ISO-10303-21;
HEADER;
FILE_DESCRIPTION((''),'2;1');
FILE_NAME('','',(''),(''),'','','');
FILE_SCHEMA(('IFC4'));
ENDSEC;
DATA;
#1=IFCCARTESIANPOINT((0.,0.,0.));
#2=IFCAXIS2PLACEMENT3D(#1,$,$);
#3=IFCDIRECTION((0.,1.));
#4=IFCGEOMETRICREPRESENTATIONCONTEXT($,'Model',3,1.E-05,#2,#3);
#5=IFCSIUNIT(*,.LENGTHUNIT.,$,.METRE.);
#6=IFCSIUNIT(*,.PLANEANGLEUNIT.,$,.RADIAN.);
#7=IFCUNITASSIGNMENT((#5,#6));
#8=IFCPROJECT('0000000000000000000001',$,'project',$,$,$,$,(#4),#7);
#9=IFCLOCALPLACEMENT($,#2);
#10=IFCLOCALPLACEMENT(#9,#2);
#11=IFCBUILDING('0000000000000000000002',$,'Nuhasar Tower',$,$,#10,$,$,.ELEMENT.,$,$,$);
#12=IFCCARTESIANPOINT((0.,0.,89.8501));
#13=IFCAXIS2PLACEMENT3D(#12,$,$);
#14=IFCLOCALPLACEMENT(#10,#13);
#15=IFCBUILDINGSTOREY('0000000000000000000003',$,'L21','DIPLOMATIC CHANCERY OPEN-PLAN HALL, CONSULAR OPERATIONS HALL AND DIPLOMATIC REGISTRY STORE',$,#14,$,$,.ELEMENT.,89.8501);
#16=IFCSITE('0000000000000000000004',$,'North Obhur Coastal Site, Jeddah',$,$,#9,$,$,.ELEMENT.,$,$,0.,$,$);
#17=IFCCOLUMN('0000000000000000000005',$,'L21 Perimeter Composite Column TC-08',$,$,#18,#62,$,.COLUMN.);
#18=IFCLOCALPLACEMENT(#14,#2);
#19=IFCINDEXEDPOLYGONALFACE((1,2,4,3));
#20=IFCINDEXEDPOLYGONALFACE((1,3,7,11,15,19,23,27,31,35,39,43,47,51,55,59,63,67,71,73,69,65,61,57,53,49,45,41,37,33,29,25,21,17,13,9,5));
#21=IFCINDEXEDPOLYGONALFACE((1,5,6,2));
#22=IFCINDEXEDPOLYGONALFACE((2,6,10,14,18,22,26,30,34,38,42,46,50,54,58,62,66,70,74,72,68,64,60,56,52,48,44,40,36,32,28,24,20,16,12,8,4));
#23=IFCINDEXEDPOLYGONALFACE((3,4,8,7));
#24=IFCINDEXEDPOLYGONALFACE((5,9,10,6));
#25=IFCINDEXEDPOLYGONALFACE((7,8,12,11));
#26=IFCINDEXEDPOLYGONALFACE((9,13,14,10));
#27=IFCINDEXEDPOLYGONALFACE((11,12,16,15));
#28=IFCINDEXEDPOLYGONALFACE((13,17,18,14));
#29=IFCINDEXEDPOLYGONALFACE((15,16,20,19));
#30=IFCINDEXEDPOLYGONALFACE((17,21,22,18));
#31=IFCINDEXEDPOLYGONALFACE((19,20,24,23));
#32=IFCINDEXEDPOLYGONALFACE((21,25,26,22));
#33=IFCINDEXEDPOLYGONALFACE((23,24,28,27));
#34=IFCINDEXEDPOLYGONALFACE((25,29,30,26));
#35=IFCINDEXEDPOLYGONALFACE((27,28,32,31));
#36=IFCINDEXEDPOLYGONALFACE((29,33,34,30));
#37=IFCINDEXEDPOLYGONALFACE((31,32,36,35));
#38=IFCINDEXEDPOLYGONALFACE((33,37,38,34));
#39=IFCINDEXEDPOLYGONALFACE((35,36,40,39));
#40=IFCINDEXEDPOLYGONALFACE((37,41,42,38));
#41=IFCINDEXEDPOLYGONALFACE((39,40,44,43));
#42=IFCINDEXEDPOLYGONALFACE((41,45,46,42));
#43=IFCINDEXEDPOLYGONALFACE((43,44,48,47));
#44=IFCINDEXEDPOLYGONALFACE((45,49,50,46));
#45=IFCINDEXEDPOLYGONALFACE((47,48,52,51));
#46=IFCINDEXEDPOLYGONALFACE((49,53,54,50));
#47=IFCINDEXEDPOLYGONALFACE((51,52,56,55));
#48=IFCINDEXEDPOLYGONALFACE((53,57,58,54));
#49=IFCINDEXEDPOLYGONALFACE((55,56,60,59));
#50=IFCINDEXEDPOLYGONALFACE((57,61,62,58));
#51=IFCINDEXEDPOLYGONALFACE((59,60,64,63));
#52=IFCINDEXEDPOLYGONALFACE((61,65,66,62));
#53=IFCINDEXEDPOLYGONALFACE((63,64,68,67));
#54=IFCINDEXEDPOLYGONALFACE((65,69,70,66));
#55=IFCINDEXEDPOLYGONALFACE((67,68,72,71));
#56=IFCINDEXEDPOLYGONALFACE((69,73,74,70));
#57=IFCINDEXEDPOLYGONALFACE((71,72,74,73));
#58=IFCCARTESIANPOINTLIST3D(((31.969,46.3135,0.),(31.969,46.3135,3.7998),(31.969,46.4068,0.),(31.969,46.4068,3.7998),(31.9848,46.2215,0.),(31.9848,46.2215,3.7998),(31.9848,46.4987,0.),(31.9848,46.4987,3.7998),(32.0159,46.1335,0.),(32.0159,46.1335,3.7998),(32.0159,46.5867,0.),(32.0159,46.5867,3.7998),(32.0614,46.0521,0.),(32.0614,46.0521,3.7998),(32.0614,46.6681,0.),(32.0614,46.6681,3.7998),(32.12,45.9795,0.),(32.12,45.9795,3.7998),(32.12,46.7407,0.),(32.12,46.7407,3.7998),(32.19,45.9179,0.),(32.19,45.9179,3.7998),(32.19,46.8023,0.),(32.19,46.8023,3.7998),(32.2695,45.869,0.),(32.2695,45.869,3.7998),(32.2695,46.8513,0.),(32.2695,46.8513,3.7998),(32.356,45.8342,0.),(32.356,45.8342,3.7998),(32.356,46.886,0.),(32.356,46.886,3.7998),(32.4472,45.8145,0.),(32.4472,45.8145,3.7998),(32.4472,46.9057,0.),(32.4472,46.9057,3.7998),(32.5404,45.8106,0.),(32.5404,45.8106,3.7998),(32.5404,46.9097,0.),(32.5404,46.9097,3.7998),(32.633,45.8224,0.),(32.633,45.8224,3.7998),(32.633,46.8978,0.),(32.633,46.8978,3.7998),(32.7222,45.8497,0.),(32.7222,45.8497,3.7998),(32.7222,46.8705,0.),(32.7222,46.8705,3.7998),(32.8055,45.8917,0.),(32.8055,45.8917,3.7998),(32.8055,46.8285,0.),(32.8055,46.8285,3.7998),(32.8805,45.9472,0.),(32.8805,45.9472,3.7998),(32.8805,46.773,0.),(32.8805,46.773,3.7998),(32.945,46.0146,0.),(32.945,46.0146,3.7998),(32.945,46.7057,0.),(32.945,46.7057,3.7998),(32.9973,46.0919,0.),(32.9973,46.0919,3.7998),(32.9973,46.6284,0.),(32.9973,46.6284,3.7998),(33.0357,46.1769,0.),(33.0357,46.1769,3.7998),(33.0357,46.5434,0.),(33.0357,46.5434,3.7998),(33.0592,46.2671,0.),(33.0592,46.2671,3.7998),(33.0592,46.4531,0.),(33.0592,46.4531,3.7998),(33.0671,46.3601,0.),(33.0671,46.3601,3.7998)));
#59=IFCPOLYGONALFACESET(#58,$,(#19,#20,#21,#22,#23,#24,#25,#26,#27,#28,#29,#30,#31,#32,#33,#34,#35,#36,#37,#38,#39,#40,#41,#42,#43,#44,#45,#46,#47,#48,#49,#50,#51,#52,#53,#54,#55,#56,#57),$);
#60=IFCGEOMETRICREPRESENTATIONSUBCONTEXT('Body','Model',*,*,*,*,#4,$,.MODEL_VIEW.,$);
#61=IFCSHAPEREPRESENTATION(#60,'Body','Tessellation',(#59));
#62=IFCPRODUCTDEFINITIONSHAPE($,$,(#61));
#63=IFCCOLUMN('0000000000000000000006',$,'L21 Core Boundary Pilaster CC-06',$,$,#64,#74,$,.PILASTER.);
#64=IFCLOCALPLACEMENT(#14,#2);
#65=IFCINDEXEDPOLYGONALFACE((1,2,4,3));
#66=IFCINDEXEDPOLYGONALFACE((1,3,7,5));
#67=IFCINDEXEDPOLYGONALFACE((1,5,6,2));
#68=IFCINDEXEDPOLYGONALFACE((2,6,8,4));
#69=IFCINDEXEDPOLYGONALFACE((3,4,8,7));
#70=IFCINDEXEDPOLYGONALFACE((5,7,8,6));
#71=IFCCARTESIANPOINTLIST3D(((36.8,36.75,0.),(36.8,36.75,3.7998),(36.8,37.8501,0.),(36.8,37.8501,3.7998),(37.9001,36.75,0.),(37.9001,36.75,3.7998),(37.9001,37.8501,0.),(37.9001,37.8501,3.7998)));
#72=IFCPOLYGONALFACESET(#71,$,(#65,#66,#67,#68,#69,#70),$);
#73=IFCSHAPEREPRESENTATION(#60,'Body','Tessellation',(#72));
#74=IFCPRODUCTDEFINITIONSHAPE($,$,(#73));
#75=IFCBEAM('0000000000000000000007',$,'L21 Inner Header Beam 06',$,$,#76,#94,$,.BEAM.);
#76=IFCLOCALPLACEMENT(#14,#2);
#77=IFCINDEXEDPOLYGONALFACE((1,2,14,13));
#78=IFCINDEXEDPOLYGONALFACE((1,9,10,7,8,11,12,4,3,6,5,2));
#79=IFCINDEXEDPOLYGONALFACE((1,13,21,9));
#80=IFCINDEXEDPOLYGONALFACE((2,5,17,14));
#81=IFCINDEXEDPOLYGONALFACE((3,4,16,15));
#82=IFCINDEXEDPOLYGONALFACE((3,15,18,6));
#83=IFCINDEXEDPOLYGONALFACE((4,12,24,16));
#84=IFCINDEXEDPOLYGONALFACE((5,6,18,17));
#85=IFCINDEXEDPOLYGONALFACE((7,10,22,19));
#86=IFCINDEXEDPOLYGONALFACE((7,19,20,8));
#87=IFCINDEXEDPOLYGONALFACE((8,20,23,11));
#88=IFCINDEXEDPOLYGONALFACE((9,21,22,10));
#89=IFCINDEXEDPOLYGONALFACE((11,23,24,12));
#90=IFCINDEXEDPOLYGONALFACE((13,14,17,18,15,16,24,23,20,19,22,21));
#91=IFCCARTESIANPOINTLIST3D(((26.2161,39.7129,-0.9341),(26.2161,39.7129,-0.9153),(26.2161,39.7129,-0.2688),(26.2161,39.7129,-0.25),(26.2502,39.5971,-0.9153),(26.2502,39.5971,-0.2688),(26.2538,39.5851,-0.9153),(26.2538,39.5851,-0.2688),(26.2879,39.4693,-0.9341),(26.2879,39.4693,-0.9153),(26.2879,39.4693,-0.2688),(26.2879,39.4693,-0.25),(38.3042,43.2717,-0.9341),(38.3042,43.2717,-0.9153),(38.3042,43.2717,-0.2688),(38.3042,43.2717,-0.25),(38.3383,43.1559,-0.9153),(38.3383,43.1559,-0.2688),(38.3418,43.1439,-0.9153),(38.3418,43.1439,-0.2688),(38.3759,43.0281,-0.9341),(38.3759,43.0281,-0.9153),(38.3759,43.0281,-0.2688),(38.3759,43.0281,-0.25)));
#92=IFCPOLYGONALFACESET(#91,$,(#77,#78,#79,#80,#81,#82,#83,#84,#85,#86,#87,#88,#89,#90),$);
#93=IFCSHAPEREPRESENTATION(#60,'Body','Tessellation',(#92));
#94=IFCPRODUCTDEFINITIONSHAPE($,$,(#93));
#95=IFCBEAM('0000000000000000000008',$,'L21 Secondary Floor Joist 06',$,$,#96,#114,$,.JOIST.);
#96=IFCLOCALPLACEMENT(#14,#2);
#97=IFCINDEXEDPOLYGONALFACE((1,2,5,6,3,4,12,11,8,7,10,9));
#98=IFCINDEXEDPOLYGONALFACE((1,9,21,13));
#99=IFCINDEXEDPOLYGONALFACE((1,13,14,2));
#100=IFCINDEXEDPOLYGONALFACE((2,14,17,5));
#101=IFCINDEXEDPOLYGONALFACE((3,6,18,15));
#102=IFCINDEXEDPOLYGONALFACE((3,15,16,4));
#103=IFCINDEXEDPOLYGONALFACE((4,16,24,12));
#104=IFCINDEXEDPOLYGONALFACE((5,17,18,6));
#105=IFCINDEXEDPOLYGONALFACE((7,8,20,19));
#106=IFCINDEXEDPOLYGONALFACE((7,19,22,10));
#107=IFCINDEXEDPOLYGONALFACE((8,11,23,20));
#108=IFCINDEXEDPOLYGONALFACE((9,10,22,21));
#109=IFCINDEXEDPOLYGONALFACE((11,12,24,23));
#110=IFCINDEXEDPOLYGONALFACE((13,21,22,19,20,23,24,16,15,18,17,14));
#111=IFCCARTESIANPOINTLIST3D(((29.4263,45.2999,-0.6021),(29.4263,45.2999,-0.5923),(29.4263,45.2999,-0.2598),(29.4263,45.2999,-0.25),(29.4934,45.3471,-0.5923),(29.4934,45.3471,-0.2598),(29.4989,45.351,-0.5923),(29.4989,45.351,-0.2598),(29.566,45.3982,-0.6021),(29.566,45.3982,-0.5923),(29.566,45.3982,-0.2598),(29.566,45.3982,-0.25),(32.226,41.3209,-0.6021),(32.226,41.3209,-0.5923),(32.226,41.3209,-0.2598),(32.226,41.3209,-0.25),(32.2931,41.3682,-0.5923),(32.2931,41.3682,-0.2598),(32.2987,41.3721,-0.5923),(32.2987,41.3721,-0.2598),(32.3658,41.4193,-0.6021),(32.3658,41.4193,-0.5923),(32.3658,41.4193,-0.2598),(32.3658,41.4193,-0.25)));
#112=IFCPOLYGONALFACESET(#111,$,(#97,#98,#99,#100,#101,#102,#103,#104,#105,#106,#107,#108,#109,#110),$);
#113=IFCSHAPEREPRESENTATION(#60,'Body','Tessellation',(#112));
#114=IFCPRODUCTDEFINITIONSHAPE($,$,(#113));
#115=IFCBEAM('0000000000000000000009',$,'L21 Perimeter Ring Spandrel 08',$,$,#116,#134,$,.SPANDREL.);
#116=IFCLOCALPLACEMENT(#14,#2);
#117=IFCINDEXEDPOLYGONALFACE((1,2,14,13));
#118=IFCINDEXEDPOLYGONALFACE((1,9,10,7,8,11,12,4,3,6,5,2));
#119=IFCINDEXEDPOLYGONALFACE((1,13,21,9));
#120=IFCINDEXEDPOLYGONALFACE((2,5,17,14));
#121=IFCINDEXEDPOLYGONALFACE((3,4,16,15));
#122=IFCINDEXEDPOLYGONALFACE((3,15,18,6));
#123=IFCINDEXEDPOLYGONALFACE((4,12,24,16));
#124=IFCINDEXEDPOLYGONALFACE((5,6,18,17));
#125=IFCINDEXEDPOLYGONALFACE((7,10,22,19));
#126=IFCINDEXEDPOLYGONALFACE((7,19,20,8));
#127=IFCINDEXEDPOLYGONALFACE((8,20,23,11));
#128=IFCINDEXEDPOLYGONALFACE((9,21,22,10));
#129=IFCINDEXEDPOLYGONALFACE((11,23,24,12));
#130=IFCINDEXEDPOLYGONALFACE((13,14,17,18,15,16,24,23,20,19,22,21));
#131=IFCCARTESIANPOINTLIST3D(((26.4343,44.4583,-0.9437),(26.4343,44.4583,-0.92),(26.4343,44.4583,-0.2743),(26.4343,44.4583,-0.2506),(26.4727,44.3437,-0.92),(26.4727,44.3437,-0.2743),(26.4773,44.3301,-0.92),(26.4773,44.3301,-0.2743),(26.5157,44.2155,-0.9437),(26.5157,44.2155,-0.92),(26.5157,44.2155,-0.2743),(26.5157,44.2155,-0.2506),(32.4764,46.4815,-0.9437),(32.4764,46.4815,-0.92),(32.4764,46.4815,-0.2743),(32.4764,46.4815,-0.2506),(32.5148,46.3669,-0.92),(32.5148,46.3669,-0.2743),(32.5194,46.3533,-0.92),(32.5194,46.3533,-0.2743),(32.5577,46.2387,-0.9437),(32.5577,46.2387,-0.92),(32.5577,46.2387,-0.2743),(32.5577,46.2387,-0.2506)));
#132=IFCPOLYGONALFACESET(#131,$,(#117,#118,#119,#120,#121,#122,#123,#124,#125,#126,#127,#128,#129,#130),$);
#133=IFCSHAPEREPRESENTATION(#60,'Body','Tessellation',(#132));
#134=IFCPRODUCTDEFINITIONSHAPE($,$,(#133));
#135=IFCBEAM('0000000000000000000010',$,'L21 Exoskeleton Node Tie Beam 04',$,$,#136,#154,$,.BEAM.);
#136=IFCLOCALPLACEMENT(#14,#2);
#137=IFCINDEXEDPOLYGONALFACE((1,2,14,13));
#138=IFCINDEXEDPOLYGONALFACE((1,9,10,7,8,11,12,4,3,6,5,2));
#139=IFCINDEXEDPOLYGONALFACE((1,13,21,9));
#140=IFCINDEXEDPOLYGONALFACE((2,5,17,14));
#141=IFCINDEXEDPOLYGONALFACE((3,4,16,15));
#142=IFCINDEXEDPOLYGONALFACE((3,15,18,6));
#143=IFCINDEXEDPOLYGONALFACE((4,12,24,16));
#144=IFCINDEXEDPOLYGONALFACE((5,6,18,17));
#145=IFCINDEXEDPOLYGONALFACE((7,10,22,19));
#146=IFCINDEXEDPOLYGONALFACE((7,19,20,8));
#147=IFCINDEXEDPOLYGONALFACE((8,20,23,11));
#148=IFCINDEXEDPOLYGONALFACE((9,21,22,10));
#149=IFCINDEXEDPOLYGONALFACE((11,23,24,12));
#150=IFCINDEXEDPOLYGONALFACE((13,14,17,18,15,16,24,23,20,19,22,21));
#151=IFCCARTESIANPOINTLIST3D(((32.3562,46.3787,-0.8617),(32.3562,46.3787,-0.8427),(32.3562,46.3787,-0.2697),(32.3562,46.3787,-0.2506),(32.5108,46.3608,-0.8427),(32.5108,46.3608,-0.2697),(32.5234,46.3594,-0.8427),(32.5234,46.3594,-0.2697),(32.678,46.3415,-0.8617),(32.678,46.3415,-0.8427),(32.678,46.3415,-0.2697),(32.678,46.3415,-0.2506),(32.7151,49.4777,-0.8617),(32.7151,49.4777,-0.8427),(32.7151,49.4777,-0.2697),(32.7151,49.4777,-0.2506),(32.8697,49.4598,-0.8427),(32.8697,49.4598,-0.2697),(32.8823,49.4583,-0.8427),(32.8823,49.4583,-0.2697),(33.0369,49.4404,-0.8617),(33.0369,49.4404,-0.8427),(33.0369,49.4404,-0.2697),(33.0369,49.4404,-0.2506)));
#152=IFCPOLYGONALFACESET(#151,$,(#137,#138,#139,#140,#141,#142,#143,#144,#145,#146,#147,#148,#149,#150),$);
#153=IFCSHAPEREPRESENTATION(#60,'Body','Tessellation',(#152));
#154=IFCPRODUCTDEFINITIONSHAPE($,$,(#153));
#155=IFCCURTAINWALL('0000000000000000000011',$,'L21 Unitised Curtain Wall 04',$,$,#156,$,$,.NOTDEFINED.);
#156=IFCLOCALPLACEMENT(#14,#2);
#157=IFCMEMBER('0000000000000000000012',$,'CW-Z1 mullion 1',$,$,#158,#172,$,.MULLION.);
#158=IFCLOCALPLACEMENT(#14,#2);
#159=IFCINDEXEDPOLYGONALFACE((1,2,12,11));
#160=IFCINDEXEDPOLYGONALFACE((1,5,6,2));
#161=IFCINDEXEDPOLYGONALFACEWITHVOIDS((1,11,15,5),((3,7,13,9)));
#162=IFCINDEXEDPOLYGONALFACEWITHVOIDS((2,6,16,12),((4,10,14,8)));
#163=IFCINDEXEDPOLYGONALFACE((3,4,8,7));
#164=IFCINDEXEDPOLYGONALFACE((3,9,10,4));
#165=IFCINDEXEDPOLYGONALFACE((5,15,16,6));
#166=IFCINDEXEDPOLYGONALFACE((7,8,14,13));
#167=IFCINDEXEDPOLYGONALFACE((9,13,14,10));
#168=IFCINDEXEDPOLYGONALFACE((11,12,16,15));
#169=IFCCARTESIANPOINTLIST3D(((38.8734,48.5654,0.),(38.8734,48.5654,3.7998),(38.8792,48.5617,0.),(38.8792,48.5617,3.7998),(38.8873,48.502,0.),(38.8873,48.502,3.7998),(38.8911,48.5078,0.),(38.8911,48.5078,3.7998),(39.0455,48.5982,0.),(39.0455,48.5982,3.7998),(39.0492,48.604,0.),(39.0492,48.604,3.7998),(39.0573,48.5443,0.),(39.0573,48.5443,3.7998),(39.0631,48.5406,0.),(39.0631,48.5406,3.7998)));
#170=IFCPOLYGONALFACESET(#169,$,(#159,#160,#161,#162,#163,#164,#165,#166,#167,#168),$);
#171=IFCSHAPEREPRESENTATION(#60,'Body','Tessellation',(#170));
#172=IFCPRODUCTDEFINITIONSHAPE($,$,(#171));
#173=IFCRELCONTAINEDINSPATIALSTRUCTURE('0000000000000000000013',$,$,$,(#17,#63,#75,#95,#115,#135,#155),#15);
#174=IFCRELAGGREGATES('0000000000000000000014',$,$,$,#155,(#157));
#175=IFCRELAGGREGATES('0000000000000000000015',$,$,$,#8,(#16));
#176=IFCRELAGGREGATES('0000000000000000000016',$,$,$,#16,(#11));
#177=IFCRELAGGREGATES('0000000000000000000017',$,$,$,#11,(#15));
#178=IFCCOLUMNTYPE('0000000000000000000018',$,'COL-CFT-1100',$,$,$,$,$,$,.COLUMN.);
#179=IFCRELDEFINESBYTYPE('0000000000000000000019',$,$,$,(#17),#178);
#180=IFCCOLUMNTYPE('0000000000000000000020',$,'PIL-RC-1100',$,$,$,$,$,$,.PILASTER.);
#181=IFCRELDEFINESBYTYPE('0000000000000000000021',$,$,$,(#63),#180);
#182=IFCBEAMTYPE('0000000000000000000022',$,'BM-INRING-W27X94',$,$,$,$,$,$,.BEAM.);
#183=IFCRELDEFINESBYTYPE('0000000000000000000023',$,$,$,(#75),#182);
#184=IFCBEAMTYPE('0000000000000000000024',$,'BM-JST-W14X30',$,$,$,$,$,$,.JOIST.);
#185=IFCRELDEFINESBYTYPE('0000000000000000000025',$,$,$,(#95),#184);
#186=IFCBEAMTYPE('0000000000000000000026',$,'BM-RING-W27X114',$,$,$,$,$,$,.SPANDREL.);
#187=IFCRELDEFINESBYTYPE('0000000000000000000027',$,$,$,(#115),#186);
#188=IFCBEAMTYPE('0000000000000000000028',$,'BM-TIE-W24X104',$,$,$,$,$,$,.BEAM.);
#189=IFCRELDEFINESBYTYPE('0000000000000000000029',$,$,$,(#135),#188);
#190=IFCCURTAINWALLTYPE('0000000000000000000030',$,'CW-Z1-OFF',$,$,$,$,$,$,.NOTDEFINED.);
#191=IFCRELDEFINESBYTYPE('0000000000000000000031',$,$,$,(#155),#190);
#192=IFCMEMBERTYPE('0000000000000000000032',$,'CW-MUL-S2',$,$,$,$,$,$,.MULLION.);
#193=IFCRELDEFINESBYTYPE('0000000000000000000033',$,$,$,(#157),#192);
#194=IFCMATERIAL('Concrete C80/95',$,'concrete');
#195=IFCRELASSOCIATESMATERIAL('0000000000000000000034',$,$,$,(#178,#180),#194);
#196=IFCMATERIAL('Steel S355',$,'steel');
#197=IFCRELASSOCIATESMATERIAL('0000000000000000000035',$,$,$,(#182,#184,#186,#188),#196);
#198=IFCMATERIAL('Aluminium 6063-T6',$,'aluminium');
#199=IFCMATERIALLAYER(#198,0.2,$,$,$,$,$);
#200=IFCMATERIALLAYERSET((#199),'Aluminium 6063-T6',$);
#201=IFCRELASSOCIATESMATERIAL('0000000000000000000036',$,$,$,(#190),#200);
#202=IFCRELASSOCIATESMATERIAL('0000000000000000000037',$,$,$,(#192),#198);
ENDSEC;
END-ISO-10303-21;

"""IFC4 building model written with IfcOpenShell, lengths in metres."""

from ifc_helpers import new_model, si_unit, direction, frame, origin, origin_2d, place, context, subcontext, project, spatial, rectangle, hollow_rectangle, circle, i_section, extrude, material, layer, layer_set, material_profile, profile_set, type_object, element, aggregate, save


model = new_model("IFC4")

# Units and contexts
model_context = context("Model", 3, precision=1e-05, world=origin(), true_north=direction((0.0, 1.0)))
body_context = subcontext(model_context, "Body", "Model", "MODEL_VIEW")
ifc_project = project(units=[si_unit("LENGTHUNIT", "METRE"), si_unit("PLANEANGLEUNIT", "RADIAN")], contexts=[model_context])

# Site, building, storey
site_placement = place(None, origin())
site = spatial("IfcSite", under=ifc_project, at=site_placement, Name="North Obhur Coastal Site, Jeddah", CompositionType="ELEMENT", RefElevation=0.0)
building_placement = place(site_placement, origin())
building = spatial("IfcBuilding", under=site, at=building_placement, Name="Nuhasar Tower", CompositionType="ELEMENT")
storey_placement = place(building_placement, frame((0.0, 0.0, 89.8501)))
storey = spatial("IfcBuildingStorey", under=building, at=storey_placement, Name="L21", Description="DIPLOMATIC CHANCERY OPEN-PLAN HALL, CONSULAR OPERATIONS HALL AND DIPLOMATIC REGISTRY STORE", CompositionType="ELEMENT", Elevation=89.8501)

# Columns
ifc_material_1 = material(Name="Concrete C80/95", Category="concrete")
ifc_material_profile_1 = material_profile(ifc_material_1, circle(Radius=0.55, at=origin_2d()), Name="CFT1100")
ifc_profile_set_1 = profile_set([ifc_material_profile_1], Name="Concrete C80/95")
column_type_1 = type_object("IfcColumnType", Name="COL-CFT-1100", PredefinedType="COLUMN", material=ifc_profile_set_1)
column_1_placement = place(storey_placement, frame((32.5171, 46.3601, 0.0), z_axis=(0.0, 0.0, 1.0), x_axis=(1.0, 0.0, 0.0)))
element("IfcColumn", 1, at=column_1_placement, inside=storey, type_object=column_type_1, Name="L21 Perimeter Composite Column TC-08", PredefinedType="COLUMN", context=body_context, shape_type="SweptSolid", body=[
    extrude(circle(Radius=0.55, at=origin_2d()), origin(), (0.0, 0.0, 1.0), 3.7998),
])
ifc_material_profile_2 = material_profile(ifc_material_1, rectangle(XDim=1.1001, YDim=1.1001, at=origin_2d()), Name="RC1100X1100")
ifc_profile_set_2 = profile_set([ifc_material_profile_2], Name="Concrete C80/95")
column_type_2 = type_object("IfcColumnType", Name="PIL-RC-1100", PredefinedType="PILASTER", material=ifc_profile_set_2)
column_2_placement = place(storey_placement, frame((37.3501, 37.3, 0.0), z_axis=(0.0, 0.0, 1.0), x_axis=(1.0, 0.0, 0.0)))
element("IfcColumn", 2, at=column_2_placement, inside=storey, type_object=column_type_2, Name="L21 Core Boundary Pilaster CC-06", PredefinedType="PILASTER", context=body_context, shape_type="SweptSolid", body=[
    extrude(rectangle(XDim=1.1001, YDim=1.1001, at=origin_2d()), origin(), (0.0, 0.0, 1.0), 3.7998),
])

# Beams
ifc_material_2 = material(Name="Steel S355", Category="steel")
ifc_material_profile_3 = material_profile(ifc_material_2, i_section(OverallWidth=0.2539, OverallDepth=0.6841, WebThickness=0.0125, FlangeThickness=0.0188, at=origin_2d()), Name="W27X94")
ifc_profile_set_3 = profile_set([ifc_material_profile_3], Name="Steel S355")
beam_type_1 = type_object("IfcBeamType", Name="BM-INRING-W27X94", PredefinedType="BEAM", material=ifc_profile_set_3)
beam_1_placement = place(storey_placement, frame((38.3401, 43.1499, -0.592), z_axis=(-0.95929, -0.282422, 0.0), x_axis=(0.282422, -0.95929, 0.0)))
element("IfcBeam", 3, at=beam_1_placement, inside=storey, type_object=beam_type_1, Name="L21 Inner Header Beam 06", PredefinedType="BEAM", context=body_context, shape_type="SweptSolid", body=[
    extrude(i_section(OverallWidth=0.2539, OverallDepth=0.6841, WebThickness=0.0125, FlangeThickness=0.0188, at=origin_2d()), origin(), (0.0, 0.0, 1.0), 12.6011),
])
ifc_material_profile_4 = material_profile(ifc_material_2, i_section(OverallWidth=0.1709, OverallDepth=0.3521, WebThickness=0.0068, FlangeThickness=0.0098, at=origin_2d()), Name="W14X30")
ifc_profile_set_4 = profile_set([ifc_material_profile_4], Name="Steel S355")
beam_type_2 = type_object("IfcBeamType", Name="BM-JST-W14X30", PredefinedType="JOIST", material=ifc_profile_set_4)
beam_2_placement = place(storey_placement, frame((32.2959, 41.3701, -0.426), z_axis=(-0.575461, 0.817829, 0.0), x_axis=(-0.817829, -0.575461, 0.0)))
element("IfcBeam", 4, at=beam_2_placement, inside=storey, type_object=beam_type_2, Name="L21 Secondary Floor Joist 06", PredefinedType="JOIST", context=body_context, shape_type="SweptSolid", body=[
    extrude(i_section(OverallWidth=0.1709, OverallDepth=0.3521, WebThickness=0.0068, FlangeThickness=0.0098, at=origin_2d()), origin(), (0.0, 0.0, 1.0), 4.8652),
])
ifc_material_profile_5 = material_profile(ifc_material_2, i_section(OverallWidth=0.2561, OverallDepth=0.6931, WebThickness=0.0144, FlangeThickness=0.0237, at=origin_2d()), Name="W27X114")
ifc_profile_set_5 = profile_set([ifc_material_profile_5], Name="Steel S355")
beam_type_3 = type_object("IfcBeamType", Name="BM-RING-W27X114", PredefinedType="SPANDREL", material=ifc_profile_set_5)
beam_3_placement = place(storey_placement, frame((32.5171, 46.3601, -0.5972), z_axis=(-0.948249, -0.317526, 0.0), x_axis=(0.317526, -0.948249, 0.0)))
element("IfcBeam", 5, at=beam_3_placement, inside=storey, type_object=beam_type_3, Name="L21 Perimeter Ring Spandrel 08", PredefinedType="SPANDREL", context=body_context, shape_type="SweptSolid", body=[
    extrude(i_section(OverallWidth=0.2561, OverallDepth=0.6931, WebThickness=0.0144, FlangeThickness=0.0237, at=origin_2d()), origin(), (0.0, 0.0, 1.0), 6.3718),
])
ifc_material_profile_6 = material_profile(ifc_material_2, i_section(OverallWidth=0.324, OverallDepth=0.6111, WebThickness=0.0127, FlangeThickness=0.019, at=origin_2d()), Name="W24X104")
ifc_profile_set_6 = profile_set([ifc_material_profile_6], Name="Steel S355")
beam_type_4 = type_object("IfcBeamType", Name="BM-TIE-W24X104", PredefinedType="BEAM", material=ifc_profile_set_6)
beam_4_placement = place(storey_placement, frame((32.5171, 46.3601, -0.5562), z_axis=(0.115043, 0.993361, 0.0), x_axis=(-0.993361, 0.115043, 0.0)))
element("IfcBeam", 6, at=beam_4_placement, inside=storey, type_object=beam_type_4, Name="L21 Exoskeleton Node Tie Beam 04", PredefinedType="BEAM", context=body_context, shape_type="SweptSolid", body=[
    extrude(i_section(OverallWidth=0.324, OverallDepth=0.6111, WebThickness=0.0127, FlangeThickness=0.019, at=origin_2d()), origin(), (0.0, 0.0, 1.0), 3.1196),
])

# Curtain wall, member
ifc_material_3 = material(Name="Aluminium 6063-T6", Category="aluminium")
ifc_layer_1 = layer(ifc_material_3, 0.2)
ifc_layer_set_1 = layer_set([ifc_layer_1], Name="Aluminium 6063-T6")
curtain_wall_type = type_object("IfcCurtainWallType", Name="CW-Z1-OFF", PredefinedType="NOTDEFINED", material=ifc_layer_set_1)
curtain_wall_placement = place(storey_placement, origin())
curtain_wall = element("IfcCurtainWall", 7, at=curtain_wall_placement, inside=storey, type_object=curtain_wall_type, Name="L21 Unitised Curtain Wall 04", PredefinedType="NOTDEFINED")
ifc_material_profile_7 = material_profile(ifc_material_3, hollow_rectangle(XDim=0.0649, YDim=0.1799, WallThickness=0.0049, at=origin_2d()), Name="CWM-2")
ifc_profile_set_7 = profile_set([ifc_material_profile_7], Name="Aluminium 6063-T6")
member_type_1 = type_object("IfcMemberType", Name="CW-MUL-S2", PredefinedType="MULLION", material=ifc_profile_set_7)
member_1_placement = place(storey_placement, frame((38.9683, 48.553, 0.0), z_axis=(0.0, 0.0, 1.0), x_axis=(0.214399, -0.976746, 0.0)))
member_1 = element("IfcMember", 8, at=member_1_placement, type_object=member_type_1, Name="CW-Z1 mullion 1", PredefinedType="MULLION", context=body_context, shape_type="SweptSolid", body=[
    extrude(hollow_rectangle(XDim=0.0649, YDim=0.1799, WallThickness=0.0049, at=origin_2d()), origin(), (0.0, 0.0, 1.0), 3.7998),
])

aggregate(curtain_wall, [member_1])

save(model, "model.ifc")
